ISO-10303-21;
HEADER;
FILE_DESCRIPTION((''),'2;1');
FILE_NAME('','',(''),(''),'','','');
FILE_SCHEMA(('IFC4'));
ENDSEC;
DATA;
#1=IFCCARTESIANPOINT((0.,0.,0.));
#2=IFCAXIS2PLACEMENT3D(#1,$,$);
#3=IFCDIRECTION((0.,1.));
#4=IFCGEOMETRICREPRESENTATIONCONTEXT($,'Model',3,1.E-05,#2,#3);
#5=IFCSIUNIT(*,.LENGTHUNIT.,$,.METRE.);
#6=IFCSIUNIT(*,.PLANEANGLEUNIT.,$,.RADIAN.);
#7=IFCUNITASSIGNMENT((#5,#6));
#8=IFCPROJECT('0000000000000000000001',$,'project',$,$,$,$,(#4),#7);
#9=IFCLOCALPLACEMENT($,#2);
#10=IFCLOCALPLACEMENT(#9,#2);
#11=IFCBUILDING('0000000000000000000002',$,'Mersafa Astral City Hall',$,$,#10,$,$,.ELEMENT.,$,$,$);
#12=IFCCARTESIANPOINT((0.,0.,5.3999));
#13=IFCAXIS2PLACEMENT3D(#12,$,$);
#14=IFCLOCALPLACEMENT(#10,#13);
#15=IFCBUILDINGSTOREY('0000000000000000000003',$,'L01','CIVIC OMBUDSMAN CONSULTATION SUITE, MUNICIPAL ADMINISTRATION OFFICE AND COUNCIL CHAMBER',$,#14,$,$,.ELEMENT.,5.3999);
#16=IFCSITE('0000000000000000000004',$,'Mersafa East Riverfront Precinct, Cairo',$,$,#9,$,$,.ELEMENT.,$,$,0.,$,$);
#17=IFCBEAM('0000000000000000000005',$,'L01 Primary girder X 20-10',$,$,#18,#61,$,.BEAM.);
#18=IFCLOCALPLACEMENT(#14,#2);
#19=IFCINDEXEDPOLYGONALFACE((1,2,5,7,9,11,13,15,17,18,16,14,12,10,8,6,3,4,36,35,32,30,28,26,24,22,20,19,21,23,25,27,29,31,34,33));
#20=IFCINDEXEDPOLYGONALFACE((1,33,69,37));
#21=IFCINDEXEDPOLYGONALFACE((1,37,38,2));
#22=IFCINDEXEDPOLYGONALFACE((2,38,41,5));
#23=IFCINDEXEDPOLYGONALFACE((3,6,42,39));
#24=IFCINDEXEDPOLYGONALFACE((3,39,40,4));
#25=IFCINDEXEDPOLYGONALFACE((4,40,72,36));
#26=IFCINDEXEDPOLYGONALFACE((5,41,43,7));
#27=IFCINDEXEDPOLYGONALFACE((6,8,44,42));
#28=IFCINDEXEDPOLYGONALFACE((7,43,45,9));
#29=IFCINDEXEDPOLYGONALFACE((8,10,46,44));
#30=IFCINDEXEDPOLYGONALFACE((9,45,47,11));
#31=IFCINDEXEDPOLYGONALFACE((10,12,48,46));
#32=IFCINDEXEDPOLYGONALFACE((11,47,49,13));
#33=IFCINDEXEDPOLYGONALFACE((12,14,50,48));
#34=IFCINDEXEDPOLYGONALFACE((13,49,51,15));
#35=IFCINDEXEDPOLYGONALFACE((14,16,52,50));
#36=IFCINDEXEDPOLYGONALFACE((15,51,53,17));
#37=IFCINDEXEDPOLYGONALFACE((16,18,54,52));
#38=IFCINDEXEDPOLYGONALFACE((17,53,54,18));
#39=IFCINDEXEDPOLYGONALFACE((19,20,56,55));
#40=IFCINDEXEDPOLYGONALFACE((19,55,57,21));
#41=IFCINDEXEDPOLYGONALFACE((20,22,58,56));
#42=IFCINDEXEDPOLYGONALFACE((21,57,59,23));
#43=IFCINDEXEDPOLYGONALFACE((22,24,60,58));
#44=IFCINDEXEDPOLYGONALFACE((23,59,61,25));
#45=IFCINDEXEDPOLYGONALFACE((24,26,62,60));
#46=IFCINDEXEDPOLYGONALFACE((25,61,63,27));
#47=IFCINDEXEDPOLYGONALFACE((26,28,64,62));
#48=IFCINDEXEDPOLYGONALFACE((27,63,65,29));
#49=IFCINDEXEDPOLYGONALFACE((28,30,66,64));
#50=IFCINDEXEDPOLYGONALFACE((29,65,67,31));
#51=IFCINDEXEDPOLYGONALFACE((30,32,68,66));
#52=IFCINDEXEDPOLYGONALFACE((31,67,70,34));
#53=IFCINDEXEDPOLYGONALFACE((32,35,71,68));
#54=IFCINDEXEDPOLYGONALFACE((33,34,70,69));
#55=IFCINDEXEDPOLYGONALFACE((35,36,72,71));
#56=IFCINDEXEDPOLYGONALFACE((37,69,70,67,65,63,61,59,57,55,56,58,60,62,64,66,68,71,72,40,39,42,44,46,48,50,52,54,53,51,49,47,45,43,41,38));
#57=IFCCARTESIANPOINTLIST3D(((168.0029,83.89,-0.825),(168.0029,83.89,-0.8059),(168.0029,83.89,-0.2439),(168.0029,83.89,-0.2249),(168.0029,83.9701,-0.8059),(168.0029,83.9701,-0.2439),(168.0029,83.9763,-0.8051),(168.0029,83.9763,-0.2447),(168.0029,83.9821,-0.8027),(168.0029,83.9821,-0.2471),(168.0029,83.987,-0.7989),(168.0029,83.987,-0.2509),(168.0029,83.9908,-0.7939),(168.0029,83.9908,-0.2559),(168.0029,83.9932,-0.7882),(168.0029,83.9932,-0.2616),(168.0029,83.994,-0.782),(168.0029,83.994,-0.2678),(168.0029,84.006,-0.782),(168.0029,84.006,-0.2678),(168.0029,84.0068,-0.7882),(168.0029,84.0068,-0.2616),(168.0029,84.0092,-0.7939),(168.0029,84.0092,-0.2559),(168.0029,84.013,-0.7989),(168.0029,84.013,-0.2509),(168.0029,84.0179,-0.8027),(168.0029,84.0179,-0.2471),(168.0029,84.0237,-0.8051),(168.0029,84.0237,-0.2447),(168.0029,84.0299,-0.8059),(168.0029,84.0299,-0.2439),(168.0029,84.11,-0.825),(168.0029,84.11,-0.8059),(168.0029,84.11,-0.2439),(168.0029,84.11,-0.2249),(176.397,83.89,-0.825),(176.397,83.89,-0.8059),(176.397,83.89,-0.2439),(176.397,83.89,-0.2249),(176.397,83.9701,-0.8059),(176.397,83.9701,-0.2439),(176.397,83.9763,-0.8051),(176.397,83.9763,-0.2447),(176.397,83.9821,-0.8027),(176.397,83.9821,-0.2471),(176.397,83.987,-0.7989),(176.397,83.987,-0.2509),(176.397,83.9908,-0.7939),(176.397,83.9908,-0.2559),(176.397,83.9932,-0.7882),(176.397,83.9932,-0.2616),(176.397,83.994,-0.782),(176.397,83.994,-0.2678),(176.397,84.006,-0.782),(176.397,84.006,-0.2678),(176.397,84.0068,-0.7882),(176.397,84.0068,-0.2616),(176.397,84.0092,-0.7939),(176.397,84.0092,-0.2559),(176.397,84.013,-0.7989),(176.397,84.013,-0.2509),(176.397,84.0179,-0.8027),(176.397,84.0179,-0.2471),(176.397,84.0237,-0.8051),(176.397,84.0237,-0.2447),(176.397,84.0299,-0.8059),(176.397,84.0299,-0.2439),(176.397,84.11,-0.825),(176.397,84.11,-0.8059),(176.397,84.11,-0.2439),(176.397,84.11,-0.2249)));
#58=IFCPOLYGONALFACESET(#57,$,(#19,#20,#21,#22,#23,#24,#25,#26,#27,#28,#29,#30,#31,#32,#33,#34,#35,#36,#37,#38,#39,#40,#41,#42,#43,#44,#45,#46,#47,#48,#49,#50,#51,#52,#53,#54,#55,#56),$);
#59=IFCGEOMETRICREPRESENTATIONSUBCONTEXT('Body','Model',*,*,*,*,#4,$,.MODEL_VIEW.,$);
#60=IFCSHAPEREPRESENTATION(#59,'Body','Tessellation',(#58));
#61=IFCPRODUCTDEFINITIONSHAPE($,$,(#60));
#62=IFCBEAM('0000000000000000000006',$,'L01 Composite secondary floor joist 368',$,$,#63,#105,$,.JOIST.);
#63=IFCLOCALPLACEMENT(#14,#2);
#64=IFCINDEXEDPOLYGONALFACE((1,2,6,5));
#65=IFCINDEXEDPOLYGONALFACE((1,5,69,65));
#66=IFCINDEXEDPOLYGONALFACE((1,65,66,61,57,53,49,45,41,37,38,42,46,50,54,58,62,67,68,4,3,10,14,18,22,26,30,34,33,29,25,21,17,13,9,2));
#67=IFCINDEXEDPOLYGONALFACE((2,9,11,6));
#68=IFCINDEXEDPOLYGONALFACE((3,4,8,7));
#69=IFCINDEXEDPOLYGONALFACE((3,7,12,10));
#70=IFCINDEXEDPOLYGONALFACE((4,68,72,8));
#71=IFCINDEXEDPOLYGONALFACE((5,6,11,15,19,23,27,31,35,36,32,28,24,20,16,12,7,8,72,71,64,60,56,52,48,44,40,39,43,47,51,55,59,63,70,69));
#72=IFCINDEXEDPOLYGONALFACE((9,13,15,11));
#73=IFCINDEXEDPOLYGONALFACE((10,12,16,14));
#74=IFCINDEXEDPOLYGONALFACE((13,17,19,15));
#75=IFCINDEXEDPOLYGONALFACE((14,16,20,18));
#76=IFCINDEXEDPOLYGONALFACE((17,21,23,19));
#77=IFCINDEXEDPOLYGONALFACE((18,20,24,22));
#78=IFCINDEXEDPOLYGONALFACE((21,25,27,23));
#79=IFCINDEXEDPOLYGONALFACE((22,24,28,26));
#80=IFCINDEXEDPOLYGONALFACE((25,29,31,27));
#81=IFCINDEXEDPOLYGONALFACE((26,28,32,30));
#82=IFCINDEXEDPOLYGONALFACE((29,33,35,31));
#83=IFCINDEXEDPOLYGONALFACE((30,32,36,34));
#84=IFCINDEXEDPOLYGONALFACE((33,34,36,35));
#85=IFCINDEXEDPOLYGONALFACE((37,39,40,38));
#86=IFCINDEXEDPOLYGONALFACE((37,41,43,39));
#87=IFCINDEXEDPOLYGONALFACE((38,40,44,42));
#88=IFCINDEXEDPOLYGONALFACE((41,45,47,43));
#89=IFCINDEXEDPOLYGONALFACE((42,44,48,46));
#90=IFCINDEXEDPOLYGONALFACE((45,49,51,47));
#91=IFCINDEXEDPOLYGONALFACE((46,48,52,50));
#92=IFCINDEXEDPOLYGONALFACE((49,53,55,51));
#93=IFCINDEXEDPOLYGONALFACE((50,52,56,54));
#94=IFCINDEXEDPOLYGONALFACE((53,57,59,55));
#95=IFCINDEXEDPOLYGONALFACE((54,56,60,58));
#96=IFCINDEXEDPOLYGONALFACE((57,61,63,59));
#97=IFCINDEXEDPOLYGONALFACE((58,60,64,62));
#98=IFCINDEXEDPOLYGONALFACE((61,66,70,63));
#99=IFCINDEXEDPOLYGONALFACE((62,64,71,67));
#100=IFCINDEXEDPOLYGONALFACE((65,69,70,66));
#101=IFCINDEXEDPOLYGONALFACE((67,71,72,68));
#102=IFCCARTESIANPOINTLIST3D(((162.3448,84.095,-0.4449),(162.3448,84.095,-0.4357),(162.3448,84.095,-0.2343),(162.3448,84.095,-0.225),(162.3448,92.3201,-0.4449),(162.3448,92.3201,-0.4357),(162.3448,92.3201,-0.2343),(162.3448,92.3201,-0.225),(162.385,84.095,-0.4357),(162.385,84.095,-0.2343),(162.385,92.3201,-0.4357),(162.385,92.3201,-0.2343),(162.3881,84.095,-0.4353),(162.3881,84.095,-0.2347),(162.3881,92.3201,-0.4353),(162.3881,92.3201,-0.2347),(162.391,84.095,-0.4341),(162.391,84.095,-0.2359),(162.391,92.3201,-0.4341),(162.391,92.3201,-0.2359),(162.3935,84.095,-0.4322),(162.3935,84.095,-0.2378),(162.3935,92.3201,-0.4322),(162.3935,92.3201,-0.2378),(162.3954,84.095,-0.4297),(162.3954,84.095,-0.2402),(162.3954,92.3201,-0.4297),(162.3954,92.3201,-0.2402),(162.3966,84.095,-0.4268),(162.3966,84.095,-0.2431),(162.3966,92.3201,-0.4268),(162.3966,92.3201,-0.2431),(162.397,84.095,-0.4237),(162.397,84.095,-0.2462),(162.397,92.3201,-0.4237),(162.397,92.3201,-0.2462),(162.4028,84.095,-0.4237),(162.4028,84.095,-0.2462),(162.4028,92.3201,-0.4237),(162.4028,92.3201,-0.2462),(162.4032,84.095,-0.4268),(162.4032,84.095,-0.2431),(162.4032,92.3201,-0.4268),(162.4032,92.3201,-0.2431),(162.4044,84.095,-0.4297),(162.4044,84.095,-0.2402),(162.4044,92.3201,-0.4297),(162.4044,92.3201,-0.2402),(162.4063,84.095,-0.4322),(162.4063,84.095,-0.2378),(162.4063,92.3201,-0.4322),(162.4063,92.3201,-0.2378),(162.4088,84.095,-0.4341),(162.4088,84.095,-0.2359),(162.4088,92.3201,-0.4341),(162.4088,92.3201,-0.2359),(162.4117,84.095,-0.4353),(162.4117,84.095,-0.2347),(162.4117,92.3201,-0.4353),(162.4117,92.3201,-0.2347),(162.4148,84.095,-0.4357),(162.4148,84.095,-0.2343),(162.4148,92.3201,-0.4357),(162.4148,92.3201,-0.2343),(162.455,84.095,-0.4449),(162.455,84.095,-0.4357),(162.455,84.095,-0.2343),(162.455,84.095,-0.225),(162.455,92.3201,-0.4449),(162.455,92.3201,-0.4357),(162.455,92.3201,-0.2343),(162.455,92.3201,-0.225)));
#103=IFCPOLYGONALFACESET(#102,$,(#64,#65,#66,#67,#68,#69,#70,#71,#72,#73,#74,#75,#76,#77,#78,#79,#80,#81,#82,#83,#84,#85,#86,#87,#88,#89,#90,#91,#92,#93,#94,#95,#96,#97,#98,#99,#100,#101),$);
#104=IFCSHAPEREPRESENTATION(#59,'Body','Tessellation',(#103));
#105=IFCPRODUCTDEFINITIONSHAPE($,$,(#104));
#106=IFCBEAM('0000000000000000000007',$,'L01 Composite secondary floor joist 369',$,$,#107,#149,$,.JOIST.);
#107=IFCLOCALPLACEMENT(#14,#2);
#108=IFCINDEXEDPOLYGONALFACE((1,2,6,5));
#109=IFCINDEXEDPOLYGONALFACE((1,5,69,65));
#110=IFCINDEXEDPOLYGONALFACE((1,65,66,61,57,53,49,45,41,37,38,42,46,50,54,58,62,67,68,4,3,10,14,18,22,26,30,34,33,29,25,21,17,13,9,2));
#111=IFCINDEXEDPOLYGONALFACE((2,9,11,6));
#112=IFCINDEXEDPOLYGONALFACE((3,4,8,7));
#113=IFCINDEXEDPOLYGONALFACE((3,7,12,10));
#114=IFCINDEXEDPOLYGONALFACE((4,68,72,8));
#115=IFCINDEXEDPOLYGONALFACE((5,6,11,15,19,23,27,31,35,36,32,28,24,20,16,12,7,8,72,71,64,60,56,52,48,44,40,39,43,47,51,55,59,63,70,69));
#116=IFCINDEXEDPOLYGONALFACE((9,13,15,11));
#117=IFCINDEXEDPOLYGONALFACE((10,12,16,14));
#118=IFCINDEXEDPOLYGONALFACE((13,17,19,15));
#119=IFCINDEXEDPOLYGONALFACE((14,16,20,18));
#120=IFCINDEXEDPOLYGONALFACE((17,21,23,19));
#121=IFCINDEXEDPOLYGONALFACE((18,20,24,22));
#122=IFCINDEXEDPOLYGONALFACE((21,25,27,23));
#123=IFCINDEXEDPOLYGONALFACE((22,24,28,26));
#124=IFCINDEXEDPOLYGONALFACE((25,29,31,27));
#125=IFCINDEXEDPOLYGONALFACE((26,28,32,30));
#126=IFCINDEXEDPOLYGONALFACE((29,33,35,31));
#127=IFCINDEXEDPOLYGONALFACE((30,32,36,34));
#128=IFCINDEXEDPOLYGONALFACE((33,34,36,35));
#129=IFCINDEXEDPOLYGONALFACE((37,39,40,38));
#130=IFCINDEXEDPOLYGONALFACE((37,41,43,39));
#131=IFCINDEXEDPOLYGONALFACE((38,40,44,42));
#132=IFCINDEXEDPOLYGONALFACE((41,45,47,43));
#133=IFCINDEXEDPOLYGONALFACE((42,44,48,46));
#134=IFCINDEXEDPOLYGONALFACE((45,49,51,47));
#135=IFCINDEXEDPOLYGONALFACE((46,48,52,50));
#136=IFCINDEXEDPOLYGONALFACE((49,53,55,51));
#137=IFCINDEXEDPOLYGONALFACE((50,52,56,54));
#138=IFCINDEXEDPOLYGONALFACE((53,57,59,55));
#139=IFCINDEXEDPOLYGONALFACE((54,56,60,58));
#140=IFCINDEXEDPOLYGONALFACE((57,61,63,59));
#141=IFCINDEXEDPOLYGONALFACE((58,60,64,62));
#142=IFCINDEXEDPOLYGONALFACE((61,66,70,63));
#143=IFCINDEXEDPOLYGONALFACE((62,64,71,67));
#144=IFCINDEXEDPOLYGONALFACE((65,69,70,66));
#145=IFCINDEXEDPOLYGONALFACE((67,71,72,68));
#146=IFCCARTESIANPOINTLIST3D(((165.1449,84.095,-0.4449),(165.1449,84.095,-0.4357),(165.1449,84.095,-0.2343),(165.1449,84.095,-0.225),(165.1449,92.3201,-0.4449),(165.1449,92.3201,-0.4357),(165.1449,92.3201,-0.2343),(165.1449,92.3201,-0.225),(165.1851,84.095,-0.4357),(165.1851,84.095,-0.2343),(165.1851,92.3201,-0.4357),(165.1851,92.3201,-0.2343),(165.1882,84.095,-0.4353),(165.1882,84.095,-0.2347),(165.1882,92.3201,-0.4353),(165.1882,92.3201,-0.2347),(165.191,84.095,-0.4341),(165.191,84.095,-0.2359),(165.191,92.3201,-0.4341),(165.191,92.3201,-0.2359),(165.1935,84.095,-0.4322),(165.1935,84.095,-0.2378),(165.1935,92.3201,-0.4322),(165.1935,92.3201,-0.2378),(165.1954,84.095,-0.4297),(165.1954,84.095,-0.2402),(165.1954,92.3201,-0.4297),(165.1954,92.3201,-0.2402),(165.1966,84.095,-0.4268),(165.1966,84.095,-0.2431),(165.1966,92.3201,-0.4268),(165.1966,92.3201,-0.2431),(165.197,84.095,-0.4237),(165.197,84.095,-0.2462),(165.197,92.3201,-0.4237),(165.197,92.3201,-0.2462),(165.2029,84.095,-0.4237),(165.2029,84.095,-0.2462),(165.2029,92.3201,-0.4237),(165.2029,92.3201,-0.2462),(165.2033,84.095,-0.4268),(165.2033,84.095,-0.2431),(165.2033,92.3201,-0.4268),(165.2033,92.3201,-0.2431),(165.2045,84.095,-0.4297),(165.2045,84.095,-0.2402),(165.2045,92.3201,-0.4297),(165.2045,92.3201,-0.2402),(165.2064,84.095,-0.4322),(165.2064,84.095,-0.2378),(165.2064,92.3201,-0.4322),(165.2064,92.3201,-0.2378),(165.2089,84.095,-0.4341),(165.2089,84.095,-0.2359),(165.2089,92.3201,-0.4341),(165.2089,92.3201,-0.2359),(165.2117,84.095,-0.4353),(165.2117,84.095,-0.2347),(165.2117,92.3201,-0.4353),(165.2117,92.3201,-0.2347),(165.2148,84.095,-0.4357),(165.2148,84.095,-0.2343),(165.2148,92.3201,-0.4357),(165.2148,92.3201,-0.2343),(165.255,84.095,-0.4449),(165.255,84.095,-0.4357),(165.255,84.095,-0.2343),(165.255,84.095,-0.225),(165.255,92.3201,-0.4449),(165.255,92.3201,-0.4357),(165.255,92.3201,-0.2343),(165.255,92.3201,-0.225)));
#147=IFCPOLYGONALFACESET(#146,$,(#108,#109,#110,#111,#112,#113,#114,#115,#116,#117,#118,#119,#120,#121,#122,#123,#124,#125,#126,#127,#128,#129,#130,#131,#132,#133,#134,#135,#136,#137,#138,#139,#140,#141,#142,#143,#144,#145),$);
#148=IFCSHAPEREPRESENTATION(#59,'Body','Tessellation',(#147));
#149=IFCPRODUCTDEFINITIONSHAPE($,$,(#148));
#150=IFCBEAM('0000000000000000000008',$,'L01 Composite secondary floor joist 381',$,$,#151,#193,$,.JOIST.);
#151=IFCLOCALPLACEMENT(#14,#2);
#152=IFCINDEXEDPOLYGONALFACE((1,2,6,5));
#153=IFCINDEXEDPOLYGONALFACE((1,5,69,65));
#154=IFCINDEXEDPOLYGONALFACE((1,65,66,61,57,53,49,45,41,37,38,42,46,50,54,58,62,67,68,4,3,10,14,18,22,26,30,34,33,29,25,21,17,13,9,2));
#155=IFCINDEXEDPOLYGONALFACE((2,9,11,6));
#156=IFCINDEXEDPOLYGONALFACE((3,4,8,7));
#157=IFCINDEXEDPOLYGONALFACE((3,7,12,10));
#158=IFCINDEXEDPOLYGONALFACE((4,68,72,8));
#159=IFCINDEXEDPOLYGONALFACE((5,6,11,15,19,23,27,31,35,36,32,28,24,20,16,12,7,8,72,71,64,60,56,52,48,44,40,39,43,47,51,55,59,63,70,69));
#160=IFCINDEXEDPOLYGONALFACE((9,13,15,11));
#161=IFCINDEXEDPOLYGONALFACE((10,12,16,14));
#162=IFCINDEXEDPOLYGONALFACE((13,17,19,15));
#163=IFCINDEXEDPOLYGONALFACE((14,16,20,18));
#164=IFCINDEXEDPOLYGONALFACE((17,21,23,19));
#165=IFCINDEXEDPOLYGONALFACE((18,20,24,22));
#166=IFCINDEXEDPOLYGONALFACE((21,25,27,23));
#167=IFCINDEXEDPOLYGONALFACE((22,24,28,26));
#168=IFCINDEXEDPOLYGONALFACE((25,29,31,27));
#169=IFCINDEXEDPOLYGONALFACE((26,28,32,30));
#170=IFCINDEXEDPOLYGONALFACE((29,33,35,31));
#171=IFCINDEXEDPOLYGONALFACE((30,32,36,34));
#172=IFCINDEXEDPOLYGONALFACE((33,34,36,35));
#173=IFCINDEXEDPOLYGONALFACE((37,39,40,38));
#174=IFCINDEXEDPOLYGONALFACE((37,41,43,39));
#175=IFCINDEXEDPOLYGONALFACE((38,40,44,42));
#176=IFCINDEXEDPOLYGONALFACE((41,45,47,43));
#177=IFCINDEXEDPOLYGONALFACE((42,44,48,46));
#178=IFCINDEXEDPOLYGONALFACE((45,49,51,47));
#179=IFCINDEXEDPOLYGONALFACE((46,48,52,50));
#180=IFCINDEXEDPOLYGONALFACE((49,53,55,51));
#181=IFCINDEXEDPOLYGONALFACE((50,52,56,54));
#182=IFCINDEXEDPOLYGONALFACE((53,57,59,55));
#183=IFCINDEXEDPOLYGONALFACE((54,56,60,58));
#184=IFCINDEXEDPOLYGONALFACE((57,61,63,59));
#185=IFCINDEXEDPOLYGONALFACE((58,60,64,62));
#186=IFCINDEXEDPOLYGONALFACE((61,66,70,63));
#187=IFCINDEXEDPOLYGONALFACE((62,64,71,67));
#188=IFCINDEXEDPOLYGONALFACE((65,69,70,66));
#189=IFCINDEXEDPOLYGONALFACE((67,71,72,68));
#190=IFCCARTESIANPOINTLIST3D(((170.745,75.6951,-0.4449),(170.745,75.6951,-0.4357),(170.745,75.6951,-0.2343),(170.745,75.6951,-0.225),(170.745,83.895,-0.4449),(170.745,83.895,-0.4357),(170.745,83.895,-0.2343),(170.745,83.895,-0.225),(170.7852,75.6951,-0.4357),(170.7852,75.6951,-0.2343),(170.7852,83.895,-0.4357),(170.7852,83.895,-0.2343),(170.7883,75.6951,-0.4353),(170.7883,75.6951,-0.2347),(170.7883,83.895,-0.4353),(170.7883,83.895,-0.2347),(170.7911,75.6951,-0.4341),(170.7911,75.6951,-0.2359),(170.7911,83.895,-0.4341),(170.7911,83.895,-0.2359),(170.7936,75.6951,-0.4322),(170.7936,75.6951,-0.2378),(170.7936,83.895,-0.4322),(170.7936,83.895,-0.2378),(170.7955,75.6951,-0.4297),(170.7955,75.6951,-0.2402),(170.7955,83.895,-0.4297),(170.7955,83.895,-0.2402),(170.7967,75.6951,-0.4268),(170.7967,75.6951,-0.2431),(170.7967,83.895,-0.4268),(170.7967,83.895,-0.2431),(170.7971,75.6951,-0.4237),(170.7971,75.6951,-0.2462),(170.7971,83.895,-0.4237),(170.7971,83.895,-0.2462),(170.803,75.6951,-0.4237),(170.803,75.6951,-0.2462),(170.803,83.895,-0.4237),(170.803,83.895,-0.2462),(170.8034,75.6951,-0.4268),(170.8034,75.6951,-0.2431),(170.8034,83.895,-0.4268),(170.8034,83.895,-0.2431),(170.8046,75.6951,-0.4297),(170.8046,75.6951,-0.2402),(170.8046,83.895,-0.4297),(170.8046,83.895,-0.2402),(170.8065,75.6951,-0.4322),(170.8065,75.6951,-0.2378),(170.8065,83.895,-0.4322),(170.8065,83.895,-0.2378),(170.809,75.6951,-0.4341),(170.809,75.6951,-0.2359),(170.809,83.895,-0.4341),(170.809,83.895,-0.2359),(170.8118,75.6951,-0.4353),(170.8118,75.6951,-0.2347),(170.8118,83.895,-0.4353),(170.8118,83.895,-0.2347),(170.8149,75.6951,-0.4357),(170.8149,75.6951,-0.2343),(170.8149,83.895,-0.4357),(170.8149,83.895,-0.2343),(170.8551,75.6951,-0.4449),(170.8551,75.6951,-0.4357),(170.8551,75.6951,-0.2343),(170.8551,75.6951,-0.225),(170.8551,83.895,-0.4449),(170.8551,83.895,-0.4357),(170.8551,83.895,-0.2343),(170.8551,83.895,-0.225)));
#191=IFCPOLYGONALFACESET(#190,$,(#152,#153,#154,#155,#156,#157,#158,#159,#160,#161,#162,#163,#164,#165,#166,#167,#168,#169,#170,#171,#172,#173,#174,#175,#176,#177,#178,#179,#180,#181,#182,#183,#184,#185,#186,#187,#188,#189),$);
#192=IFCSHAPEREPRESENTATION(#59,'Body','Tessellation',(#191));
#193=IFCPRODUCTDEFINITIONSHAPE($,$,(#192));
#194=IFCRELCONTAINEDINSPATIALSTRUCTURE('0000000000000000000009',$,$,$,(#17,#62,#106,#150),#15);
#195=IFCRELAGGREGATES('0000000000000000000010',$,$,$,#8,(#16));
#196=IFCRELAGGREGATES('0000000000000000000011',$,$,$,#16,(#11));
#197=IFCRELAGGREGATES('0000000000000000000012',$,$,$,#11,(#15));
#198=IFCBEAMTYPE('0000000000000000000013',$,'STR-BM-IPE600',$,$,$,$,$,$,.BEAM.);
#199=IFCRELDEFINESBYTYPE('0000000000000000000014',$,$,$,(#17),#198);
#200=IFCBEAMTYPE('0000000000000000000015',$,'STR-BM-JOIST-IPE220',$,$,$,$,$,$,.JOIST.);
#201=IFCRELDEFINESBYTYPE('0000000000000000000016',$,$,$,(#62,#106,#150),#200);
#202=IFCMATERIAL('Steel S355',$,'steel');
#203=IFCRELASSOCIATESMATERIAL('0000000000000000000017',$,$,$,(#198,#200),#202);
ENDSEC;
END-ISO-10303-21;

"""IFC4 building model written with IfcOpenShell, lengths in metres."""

from ifc_helpers import new_model, si_unit, direction, frame, origin, origin_2d, place, context, subcontext, project, spatial, i_section, extrude, material, material_profile, profile_set, type_object, element, save


model = new_model("IFC4")

# Units and contexts
model_context = context("Model", 3, precision=1e-05, world=origin(), true_north=direction((0.0, 1.0)))
body_context = subcontext(model_context, "Body", "Model", "MODEL_VIEW")
ifc_project = project(units=[si_unit("LENGTHUNIT", "METRE"), si_unit("PLANEANGLEUNIT", "RADIAN")], contexts=[model_context])

# Site, building, storey
site_placement = place(None, origin())
site = spatial("IfcSite", under=ifc_project, at=site_placement, Name="Mersafa East Riverfront Precinct, Cairo", CompositionType="ELEMENT", RefElevation=0.0)
building_placement = place(site_placement, origin())
building = spatial("IfcBuilding", under=site, at=building_placement, Name="Mersafa Astral City Hall", CompositionType="ELEMENT")
storey_placement = place(building_placement, frame((0.0, 0.0, 5.3999)))
storey = spatial("IfcBuildingStorey", under=building, at=storey_placement, Name="L01", Description="CIVIC OMBUDSMAN CONSULTATION SUITE, MUNICIPAL ADMINISTRATION OFFICE AND COUNCIL CHAMBER", CompositionType="ELEMENT", Elevation=5.3999)

# Shared definitions
ifc_material_1 = material(Name="Steel S355", Category="steel")

# Beams
ifc_material_profile_1 = material_profile(ifc_material_1, i_section(OverallWidth=0.22, OverallDepth=0.6001, WebThickness=0.012, FlangeThickness=0.019, FilletRadius=0.0239, at=origin_2d()), Name="IPE 600")
ifc_profile_set_1 = profile_set([ifc_material_profile_1], Name="Steel S355")
beam_type_1 = type_object("IfcBeamType", Name="STR-BM-IPE600", PredefinedType="BEAM", material=ifc_profile_set_1)
beam_1_placement = place(storey_placement, frame((168.0029, 84.0, -0.5249), z_axis=(1.0, 0.0, 0.0), x_axis=(0.0, 1.0, 0.0)))
element("IfcBeam", 1, at=beam_1_placement, inside=storey, type_object=beam_type_1, Name="L01 Primary girder X 20-10", PredefinedType="BEAM", context=body_context, shape_type="SweptSolid", body=[
    extrude(i_section(OverallWidth=0.22, OverallDepth=0.6001, WebThickness=0.012, FlangeThickness=0.019, FilletRadius=0.0239, at=origin_2d()), origin(), (0.0, 0.0, 1.0), 8.394),
])
ifc_material_profile_2 = material_profile(ifc_material_1, i_section(OverallWidth=0.1101, OverallDepth=0.22, WebThickness=0.0059, FlangeThickness=0.0093, FilletRadius=0.012, at=origin_2d()), Name="IPE 220")
ifc_profile_set_2 = profile_set([ifc_material_profile_2], Name="Steel S355")
beam_type_2 = type_object("IfcBeamType", Name="STR-BM-JOIST-IPE220", PredefinedType="JOIST", material=ifc_profile_set_2)
for number, where, z_axis, x_axis, name in (
    (2, (162.3999, 84.095, -0.335), (0.0, 1.0, 0.0), (-1.0, 0.0, 0.0), "L01 Composite secondary floor joist 368"),
    (3, (165.2, 84.095, -0.335), (0.0, 1.0, 0.0), (-1.0, 0.0, 0.0), "L01 Composite secondary floor joist 369"),
):
    element("IfcBeam", number, at=place(storey_placement, frame(where, z_axis=z_axis, x_axis=x_axis)), inside=storey, type_object=beam_type_2, Name=name, PredefinedType="JOIST", context=body_context, shape_type="SweptSolid", body=[
        extrude(i_section(OverallWidth=0.1101, OverallDepth=0.22, WebThickness=0.0059, FlangeThickness=0.0093, FilletRadius=0.012, at=origin_2d()), origin(), (0.0, 0.0, 1.0), 8.2251),
    ])
for number, where, z_axis, x_axis, name in (
    (4, (170.8, 75.6951, -0.335), (0.0, 1.0, 0.0), (-1.0, 0.0, 0.0), "L01 Composite secondary floor joist 381"),
):
    element("IfcBeam", number, at=place(storey_placement, frame(where, z_axis=z_axis, x_axis=x_axis)), inside=storey, type_object=beam_type_2, Name=name, PredefinedType="JOIST", context=body_context, shape_type="SweptSolid", body=[
        extrude(i_section(OverallWidth=0.1101, OverallDepth=0.22, WebThickness=0.0059, FlangeThickness=0.0093, FilletRadius=0.012, at=origin_2d()), origin(), (0.0, 0.0, 1.0), 8.2),
    ])

save(model, "model.ifc")
